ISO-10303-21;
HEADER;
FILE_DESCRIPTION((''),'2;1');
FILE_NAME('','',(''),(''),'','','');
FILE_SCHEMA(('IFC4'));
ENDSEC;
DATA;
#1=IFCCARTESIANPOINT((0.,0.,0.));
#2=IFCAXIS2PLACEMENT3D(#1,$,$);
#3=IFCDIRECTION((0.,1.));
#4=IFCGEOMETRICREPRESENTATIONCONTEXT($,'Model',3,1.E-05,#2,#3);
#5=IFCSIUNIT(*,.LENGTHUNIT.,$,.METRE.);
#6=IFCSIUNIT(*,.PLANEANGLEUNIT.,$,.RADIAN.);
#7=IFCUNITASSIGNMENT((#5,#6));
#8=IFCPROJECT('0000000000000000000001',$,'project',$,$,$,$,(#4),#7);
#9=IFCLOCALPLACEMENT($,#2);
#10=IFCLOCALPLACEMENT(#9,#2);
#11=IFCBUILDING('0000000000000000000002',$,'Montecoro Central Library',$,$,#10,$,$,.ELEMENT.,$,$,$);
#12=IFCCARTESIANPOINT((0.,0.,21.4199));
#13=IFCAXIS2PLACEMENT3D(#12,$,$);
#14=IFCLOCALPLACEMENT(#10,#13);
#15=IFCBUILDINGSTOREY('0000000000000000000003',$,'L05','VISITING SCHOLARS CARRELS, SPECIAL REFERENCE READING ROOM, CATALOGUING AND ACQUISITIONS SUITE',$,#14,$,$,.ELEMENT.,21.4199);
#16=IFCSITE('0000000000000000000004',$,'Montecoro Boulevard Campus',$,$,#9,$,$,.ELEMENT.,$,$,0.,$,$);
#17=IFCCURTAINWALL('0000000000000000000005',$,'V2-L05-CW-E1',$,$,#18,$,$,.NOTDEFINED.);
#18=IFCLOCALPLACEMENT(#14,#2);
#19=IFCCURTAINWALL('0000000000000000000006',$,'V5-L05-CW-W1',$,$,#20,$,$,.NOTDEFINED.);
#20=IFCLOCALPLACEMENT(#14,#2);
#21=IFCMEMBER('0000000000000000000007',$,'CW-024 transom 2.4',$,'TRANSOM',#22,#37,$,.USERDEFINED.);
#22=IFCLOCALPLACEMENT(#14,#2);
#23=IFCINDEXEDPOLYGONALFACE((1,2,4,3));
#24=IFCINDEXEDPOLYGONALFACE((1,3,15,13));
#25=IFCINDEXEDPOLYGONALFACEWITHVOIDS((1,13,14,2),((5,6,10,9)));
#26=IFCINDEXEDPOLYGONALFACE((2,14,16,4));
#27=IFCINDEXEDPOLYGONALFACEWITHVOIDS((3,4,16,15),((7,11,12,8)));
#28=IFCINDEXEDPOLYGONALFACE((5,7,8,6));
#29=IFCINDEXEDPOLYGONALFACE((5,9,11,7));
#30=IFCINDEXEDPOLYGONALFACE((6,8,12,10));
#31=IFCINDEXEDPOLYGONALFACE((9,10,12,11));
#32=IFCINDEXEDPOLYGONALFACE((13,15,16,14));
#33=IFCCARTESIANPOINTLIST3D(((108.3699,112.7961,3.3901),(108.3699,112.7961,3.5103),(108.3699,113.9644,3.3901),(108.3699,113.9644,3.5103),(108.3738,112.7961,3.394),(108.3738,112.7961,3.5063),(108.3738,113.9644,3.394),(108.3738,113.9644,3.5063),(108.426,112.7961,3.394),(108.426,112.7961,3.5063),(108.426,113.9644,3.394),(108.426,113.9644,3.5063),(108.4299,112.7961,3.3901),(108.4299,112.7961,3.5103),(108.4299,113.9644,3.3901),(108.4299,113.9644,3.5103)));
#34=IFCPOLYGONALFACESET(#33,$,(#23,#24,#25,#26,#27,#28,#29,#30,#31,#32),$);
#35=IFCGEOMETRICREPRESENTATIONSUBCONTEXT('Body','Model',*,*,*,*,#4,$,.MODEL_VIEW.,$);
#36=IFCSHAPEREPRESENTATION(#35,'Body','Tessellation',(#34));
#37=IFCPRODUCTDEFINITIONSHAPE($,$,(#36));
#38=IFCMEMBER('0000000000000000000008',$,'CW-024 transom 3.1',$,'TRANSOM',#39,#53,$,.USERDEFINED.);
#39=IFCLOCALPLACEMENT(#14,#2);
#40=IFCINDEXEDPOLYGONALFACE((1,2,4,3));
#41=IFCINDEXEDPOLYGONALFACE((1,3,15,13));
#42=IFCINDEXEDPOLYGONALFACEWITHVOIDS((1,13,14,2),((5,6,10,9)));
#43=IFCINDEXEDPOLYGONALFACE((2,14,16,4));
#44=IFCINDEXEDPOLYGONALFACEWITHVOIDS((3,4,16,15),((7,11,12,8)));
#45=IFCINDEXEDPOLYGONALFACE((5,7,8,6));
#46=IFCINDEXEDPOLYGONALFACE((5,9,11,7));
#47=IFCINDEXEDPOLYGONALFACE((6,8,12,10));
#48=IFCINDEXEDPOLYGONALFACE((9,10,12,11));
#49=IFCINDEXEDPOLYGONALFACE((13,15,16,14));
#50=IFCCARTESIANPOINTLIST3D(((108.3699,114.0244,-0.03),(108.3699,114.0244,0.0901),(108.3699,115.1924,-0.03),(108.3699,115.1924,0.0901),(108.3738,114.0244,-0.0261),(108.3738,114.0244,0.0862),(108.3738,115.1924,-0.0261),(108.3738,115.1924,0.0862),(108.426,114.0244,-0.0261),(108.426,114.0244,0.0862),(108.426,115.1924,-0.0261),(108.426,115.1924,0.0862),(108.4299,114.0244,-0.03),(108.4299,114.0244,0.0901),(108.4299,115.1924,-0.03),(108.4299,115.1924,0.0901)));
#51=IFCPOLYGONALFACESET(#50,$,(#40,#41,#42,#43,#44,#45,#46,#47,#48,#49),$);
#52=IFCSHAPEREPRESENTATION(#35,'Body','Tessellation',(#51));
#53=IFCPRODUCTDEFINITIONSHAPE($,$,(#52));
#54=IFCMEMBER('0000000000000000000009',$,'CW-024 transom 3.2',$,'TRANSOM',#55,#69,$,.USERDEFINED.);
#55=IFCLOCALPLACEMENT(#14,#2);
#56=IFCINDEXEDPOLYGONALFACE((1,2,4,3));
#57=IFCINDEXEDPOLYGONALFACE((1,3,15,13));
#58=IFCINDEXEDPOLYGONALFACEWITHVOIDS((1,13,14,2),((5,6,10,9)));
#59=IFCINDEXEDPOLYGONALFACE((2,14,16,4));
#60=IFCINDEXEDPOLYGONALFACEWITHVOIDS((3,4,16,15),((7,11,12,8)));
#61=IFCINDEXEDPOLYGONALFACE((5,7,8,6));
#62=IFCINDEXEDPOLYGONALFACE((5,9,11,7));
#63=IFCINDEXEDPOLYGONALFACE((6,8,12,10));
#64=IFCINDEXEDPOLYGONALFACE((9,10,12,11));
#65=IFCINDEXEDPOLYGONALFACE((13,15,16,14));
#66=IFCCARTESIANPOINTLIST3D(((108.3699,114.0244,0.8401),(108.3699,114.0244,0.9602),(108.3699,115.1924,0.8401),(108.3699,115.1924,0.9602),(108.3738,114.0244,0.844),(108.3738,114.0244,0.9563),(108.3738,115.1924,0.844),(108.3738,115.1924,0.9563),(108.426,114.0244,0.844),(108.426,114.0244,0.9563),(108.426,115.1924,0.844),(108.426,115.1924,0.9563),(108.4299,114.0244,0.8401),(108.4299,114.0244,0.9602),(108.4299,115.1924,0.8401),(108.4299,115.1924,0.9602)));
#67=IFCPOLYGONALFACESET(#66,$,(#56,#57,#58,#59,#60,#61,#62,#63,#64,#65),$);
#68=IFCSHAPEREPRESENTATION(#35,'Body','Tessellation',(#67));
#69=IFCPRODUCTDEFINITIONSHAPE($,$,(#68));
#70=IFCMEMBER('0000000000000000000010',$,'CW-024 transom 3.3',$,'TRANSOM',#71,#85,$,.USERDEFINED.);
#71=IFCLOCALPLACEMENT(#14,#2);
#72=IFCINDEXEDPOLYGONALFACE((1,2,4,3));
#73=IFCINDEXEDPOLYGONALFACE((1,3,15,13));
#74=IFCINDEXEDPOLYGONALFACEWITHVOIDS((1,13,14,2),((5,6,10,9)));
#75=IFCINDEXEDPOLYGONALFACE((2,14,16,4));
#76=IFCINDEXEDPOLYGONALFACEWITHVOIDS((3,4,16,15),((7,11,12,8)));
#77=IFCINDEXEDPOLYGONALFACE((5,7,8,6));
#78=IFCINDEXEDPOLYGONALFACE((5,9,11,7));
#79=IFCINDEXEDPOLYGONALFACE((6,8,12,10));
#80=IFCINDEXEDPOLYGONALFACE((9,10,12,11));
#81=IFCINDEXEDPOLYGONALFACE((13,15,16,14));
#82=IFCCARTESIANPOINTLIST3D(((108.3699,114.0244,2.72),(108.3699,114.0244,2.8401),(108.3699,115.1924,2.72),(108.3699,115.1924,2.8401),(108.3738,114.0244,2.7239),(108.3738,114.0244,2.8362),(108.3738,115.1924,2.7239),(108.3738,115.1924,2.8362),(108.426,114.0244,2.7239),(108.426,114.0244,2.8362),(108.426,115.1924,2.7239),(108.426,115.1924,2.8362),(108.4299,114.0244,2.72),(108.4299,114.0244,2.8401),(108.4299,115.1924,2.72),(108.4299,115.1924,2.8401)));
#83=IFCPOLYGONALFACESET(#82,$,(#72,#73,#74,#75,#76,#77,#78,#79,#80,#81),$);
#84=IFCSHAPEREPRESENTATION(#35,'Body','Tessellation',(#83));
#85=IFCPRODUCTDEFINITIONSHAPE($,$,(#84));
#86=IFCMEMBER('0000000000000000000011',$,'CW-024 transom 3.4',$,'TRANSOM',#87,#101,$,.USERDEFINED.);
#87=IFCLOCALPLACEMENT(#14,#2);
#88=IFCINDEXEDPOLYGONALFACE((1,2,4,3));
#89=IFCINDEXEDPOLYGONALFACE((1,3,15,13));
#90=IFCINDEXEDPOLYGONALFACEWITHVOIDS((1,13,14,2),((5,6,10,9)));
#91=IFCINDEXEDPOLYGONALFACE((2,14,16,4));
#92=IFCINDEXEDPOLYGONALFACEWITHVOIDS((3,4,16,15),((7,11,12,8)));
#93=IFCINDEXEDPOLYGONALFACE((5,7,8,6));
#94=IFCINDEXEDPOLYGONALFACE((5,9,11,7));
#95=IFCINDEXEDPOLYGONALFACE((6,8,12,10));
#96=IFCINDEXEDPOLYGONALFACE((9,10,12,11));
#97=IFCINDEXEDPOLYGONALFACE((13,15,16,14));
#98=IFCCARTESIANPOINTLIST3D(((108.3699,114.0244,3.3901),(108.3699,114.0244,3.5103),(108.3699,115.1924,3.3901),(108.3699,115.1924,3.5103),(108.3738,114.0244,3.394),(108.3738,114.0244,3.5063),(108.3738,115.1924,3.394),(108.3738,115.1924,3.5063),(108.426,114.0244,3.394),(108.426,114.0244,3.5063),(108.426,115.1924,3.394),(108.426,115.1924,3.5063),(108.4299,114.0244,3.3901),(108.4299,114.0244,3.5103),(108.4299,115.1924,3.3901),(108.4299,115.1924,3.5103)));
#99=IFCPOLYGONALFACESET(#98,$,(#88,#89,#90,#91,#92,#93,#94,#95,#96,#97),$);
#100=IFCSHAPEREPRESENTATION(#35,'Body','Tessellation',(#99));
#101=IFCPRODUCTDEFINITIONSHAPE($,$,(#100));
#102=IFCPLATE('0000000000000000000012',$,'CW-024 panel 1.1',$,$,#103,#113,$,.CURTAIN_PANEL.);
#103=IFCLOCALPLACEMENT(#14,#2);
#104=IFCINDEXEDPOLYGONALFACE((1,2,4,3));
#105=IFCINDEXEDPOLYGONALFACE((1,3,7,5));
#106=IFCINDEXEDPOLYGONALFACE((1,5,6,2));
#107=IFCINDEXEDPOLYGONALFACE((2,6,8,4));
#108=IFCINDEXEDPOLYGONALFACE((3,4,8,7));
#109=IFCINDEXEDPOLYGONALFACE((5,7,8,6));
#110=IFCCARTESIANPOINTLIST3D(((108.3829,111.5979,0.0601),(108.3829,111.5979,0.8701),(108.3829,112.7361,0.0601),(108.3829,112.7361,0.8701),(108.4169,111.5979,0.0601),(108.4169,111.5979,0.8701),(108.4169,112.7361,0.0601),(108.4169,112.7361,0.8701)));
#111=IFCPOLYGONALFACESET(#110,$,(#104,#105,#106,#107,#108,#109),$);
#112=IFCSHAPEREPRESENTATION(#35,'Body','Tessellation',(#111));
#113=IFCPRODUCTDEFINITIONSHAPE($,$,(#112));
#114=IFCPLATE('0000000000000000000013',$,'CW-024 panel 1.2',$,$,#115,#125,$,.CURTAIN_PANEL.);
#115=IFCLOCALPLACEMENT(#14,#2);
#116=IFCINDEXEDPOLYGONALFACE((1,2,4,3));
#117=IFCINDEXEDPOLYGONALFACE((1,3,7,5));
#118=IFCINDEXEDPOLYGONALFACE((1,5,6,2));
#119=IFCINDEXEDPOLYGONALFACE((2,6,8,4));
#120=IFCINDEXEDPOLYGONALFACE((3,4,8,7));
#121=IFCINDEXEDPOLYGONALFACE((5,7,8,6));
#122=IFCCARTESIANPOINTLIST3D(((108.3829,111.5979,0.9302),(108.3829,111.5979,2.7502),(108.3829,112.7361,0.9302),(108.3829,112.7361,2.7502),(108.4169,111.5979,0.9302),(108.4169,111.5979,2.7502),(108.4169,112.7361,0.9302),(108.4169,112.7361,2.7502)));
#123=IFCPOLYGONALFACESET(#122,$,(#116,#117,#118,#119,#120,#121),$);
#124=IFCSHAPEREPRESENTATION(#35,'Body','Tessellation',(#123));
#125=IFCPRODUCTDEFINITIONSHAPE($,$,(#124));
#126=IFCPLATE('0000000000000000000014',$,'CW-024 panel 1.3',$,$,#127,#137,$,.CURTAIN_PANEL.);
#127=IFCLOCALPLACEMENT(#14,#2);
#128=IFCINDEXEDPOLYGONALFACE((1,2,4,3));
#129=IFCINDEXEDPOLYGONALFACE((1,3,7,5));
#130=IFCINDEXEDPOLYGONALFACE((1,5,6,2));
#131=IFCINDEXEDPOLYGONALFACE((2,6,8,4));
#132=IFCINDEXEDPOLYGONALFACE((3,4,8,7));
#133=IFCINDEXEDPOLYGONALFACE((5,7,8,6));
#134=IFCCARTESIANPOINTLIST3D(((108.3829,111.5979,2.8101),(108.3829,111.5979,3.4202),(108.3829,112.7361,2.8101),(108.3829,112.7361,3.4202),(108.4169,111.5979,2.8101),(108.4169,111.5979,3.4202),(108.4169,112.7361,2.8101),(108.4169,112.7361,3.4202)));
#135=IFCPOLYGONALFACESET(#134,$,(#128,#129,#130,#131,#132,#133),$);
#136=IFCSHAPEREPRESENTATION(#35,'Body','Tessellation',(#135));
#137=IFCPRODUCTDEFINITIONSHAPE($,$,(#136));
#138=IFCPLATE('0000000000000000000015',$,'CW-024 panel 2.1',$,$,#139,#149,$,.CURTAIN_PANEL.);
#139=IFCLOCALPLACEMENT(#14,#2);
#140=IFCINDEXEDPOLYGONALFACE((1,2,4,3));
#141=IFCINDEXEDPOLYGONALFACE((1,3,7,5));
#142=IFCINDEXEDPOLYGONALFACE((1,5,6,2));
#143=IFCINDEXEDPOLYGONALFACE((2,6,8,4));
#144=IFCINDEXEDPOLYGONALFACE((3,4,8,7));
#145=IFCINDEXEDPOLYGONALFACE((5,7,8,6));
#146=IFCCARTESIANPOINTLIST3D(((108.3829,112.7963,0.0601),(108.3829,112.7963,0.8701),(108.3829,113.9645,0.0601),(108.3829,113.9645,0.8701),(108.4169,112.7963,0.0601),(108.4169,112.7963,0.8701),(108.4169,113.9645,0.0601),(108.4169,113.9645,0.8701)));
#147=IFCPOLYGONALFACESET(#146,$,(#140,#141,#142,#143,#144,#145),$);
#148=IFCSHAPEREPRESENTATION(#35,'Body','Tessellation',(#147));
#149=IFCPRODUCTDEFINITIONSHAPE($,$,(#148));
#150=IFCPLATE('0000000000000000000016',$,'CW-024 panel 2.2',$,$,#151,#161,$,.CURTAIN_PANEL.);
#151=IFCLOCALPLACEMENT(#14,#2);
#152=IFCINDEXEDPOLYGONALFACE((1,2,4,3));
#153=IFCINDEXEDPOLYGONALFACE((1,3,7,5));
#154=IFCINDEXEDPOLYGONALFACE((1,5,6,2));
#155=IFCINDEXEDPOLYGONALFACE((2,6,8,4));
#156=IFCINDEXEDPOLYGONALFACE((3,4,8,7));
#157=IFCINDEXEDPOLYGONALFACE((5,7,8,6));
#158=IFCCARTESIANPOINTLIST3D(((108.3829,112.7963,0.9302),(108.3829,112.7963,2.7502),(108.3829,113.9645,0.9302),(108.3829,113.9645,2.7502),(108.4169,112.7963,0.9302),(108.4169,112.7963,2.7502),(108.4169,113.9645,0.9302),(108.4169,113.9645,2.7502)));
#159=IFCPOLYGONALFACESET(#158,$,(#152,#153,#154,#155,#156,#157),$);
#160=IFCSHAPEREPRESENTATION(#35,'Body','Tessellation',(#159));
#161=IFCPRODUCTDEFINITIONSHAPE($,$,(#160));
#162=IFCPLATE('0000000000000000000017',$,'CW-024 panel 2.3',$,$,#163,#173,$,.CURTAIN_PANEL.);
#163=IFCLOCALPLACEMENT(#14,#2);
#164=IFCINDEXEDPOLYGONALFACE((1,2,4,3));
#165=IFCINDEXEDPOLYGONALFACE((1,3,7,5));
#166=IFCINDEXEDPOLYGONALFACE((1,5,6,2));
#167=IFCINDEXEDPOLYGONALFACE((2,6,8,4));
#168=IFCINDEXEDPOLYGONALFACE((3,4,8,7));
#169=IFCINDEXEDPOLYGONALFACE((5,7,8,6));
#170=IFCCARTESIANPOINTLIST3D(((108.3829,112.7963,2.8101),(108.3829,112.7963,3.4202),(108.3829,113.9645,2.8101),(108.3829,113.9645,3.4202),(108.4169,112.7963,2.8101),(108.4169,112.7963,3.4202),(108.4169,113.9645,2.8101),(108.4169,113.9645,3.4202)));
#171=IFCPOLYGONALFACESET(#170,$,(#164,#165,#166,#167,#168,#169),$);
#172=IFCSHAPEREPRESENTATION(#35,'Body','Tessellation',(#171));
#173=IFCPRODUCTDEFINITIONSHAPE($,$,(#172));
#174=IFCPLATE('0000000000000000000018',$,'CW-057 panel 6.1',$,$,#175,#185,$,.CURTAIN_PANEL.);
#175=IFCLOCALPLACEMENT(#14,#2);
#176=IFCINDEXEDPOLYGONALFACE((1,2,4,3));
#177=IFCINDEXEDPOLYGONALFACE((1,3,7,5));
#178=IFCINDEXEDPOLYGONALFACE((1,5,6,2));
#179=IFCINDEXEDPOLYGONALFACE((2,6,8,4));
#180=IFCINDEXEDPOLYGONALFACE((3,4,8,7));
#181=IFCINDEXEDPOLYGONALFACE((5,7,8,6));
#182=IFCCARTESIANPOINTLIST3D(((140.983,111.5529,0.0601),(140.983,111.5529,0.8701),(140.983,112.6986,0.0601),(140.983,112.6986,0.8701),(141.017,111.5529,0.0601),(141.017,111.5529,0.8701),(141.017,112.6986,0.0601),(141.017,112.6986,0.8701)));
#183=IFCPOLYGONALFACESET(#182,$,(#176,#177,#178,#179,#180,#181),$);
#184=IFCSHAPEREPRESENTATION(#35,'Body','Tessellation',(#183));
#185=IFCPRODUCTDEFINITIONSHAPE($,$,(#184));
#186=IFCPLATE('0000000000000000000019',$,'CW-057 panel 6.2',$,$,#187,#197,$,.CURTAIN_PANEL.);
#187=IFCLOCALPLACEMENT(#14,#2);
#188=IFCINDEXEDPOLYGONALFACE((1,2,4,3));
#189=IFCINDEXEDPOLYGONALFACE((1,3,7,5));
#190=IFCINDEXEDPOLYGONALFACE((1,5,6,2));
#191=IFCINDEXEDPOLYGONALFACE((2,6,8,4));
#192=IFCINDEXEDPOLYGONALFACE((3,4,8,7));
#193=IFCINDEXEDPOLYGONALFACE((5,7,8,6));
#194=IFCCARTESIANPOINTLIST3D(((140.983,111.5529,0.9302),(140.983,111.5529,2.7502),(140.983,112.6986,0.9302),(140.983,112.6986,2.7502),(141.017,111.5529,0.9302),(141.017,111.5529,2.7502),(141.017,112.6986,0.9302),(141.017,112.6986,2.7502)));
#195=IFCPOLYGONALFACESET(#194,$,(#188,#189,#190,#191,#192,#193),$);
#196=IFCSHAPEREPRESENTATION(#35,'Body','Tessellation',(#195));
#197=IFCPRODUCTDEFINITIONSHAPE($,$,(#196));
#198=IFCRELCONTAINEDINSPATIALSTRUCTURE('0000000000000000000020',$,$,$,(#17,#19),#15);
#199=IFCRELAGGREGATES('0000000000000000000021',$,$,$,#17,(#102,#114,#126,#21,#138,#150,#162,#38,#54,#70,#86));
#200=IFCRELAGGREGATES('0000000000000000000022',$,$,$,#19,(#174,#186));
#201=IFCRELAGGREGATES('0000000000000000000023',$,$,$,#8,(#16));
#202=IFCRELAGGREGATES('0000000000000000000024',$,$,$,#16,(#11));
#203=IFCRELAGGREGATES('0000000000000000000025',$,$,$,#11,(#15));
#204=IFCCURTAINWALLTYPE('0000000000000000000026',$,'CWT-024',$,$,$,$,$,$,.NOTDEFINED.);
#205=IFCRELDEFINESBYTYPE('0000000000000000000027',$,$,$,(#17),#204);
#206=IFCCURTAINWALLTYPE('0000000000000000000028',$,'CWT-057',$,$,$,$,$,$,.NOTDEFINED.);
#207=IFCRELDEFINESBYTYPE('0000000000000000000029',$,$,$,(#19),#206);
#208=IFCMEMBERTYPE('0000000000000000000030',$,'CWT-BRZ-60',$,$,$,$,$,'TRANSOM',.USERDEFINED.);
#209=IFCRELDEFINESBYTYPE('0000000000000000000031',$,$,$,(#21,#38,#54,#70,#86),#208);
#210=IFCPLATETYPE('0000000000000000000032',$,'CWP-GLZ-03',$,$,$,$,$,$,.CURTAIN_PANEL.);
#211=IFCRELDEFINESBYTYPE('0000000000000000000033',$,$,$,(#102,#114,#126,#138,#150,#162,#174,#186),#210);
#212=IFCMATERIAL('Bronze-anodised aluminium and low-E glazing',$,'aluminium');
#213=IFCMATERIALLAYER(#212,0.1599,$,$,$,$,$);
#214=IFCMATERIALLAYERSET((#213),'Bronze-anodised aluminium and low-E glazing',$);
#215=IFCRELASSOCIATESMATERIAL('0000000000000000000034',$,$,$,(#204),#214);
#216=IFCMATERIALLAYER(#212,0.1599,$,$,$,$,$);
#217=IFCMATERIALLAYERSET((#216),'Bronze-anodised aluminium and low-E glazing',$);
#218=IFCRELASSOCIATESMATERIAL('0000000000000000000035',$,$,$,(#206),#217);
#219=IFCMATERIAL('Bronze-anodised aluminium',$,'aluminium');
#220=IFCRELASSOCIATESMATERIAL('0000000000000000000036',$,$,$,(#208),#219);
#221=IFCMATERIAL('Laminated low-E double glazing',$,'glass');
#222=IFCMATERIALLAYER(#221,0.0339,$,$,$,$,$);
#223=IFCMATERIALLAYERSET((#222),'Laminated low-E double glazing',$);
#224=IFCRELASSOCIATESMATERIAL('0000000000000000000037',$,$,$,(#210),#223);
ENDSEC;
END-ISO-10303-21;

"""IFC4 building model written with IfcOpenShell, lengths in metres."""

from ifc_helpers import new_model, si_unit, direction, frame, origin, origin_2d, place, context, subcontext, project, spatial, rectangle, hollow_rectangle, extrude, material, layer, layer_set, material_profile, profile_set, type_object, element, aggregate, save


model = new_model("IFC4")

# Units and contexts
model_context = context("Model", 3, precision=1e-05, world=origin(), true_north=direction((0.0, 1.0)))
body_context = subcontext(model_context, "Body", "Model", "MODEL_VIEW")
ifc_project = project(units=[si_unit("LENGTHUNIT", "METRE"), si_unit("PLANEANGLEUNIT", "RADIAN")], contexts=[model_context])

# Site, building, storey
site_placement = place(None, origin())
site = spatial("IfcSite", under=ifc_project, at=site_placement, Name="Montecoro Boulevard Campus", CompositionType="ELEMENT", RefElevation=0.0)
building_placement = place(site_placement, origin())
building = spatial("IfcBuilding", under=site, at=building_placement, Name="Montecoro Central Library", CompositionType="ELEMENT")
storey_placement = place(building_placement, frame((0.0, 0.0, 21.4199)))
storey = spatial("IfcBuildingStorey", under=building, at=storey_placement, Name="L05", Description="VISITING SCHOLARS CARRELS, SPECIAL REFERENCE READING ROOM, CATALOGUING AND ACQUISITIONS SUITE", CompositionType="ELEMENT", Elevation=21.4199)

# Curtain wall
ifc_material_1 = material(Name="Bronze-anodised aluminium and low-E glazing", Category="aluminium")
ifc_layer_1 = layer(ifc_material_1, 0.1599)
ifc_layer_set_1 = layer_set([ifc_layer_1], Name="Bronze-anodised aluminium and low-E glazing")
curtain_wall_type_1 = type_object("IfcCurtainWallType", Name="CWT-024", PredefinedType="NOTDEFINED", material=ifc_layer_set_1)
curtain_wall_1_placement = place(storey_placement, origin())
curtain_wall_1 = element("IfcCurtainWall", 1, at=curtain_wall_1_placement, inside=storey, type_object=curtain_wall_type_1, Name="V2-L05-CW-E1", PredefinedType="NOTDEFINED")
ifc_material_2 = material(Name="Bronze-anodised aluminium", Category="aluminium")

# Curtain wall
ifc_layer_2 = layer(ifc_material_1, 0.1599)
ifc_layer_set_2 = layer_set([ifc_layer_2], Name="Bronze-anodised aluminium and low-E glazing")
curtain_wall_type_2 = type_object("IfcCurtainWallType", Name="CWT-057", PredefinedType="NOTDEFINED", material=ifc_layer_set_2)
curtain_wall_2_placement = place(storey_placement, origin())
curtain_wall_2 = element("IfcCurtainWall", 2, at=curtain_wall_2_placement, inside=storey, type_object=curtain_wall_type_2, Name="V5-L05-CW-W1", PredefinedType="NOTDEFINED")

# Members
ifc_material_profile_1 = material_profile(ifc_material_2, hollow_rectangle(XDim=0.0601, YDim=0.1201, WallThickness=0.0039, at=origin_2d()), Name="CWT 120x60x4.0")
ifc_profile_set_1 = profile_set([ifc_material_profile_1], Name="Bronze-anodised aluminium")
member_type_1 = type_object("IfcMemberType", Name="CWT-BRZ-60", ElementType="TRANSOM", PredefinedType="USERDEFINED", material=ifc_profile_set_1)
member_1_placement = place(storey_placement, frame((108.3999, 112.7961, 3.4502), z_axis=(0.0, 1.0, 0.0), x_axis=(-1.0, 0.0, 0.0)))
member_1 = element("IfcMember", 3, at=member_1_placement, type_object=member_type_1, Name="CW-024 transom 2.4", ObjectType="TRANSOM", PredefinedType="USERDEFINED", context=body_context, shape_type="SweptSolid", body=[
    extrude(hollow_rectangle(XDim=0.0601, YDim=0.1201, WallThickness=0.0039, at=origin_2d()), origin(), (0.0, 0.0, 1.0), 1.1682),
])
member_2_placement = place(storey_placement, frame((108.3999, 114.0244, 0.03), z_axis=(0.0, 1.0, 0.0), x_axis=(-1.0, 0.0, 0.0)))
member_2 = element("IfcMember", 4, at=member_2_placement, type_object=member_type_1, Name="CW-024 transom 3.1", ObjectType="TRANSOM", PredefinedType="USERDEFINED", context=body_context, shape_type="SweptSolid", body=[
    extrude(hollow_rectangle(XDim=0.0601, YDim=0.1201, WallThickness=0.0039, at=origin_2d()), origin(), (0.0, 0.0, 1.0), 1.168),
])
member_3_placement = place(storey_placement, frame((108.3999, 114.0244, 0.9001), z_axis=(0.0, 1.0, 0.0), x_axis=(-1.0, 0.0, 0.0)))
member_3 = element("IfcMember", 5, at=member_3_placement, type_object=member_type_1, Name="CW-024 transom 3.2", ObjectType="TRANSOM", PredefinedType="USERDEFINED", context=body_context, shape_type="SweptSolid", body=[
    extrude(hollow_rectangle(XDim=0.0601, YDim=0.1201, WallThickness=0.0039, at=origin_2d()), origin(), (0.0, 0.0, 1.0), 1.168),
])
member_4_placement = place(storey_placement, frame((108.3999, 114.0244, 2.78), z_axis=(0.0, 1.0, 0.0), x_axis=(-1.0, 0.0, 0.0)))
member_4 = element("IfcMember", 6, at=member_4_placement, type_object=member_type_1, Name="CW-024 transom 3.3", ObjectType="TRANSOM", PredefinedType="USERDEFINED", context=body_context, shape_type="SweptSolid", body=[
    extrude(hollow_rectangle(XDim=0.0601, YDim=0.1201, WallThickness=0.0039, at=origin_2d()), origin(), (0.0, 0.0, 1.0), 1.168),
])
member_5_placement = place(storey_placement, frame((108.3999, 114.0244, 3.4502), z_axis=(0.0, 1.0, 0.0), x_axis=(-1.0, 0.0, 0.0)))
member_5 = element("IfcMember", 7, at=member_5_placement, type_object=member_type_1, Name="CW-024 transom 3.4", ObjectType="TRANSOM", PredefinedType="USERDEFINED", context=body_context, shape_type="SweptSolid", body=[
    extrude(hollow_rectangle(XDim=0.0601, YDim=0.1201, WallThickness=0.0039, at=origin_2d()), origin(), (0.0, 0.0, 1.0), 1.168),
])

# Plates
ifc_material_3 = material(Name="Laminated low-E double glazing", Category="glass")
ifc_layer_3 = layer(ifc_material_3, 0.0339)
ifc_layer_set_3 = layer_set([ifc_layer_3], Name="Laminated low-E double glazing")
plate_type = type_object("IfcPlateType", Name="CWP-GLZ-03", PredefinedType="CURTAIN_PANEL", material=ifc_layer_set_3)
plate_1_placement = place(storey_placement, frame((108.3999, 112.167, 0.0601), z_axis=(0.0, 0.0, 1.0), x_axis=(0.0, 1.0, 0.0)))
plate_1 = element("IfcPlate", 8, at=plate_1_placement, type_object=plate_type, Name="CW-024 panel 1.1", PredefinedType="CURTAIN_PANEL", context=body_context, shape_type="SweptSolid", body=[
    extrude(rectangle(XDim=1.1382, YDim=0.0339, at=origin_2d()), origin(), (0.0, 0.0, 1.0), 0.8101),
])
plate_2_placement = place(storey_placement, frame((108.3999, 112.167, 0.9302), z_axis=(0.0, 0.0, 1.0), x_axis=(0.0, 1.0, 0.0)))
plate_2 = element("IfcPlate", 9, at=plate_2_placement, type_object=plate_type, Name="CW-024 panel 1.2", PredefinedType="CURTAIN_PANEL", context=body_context, shape_type="SweptSolid", body=[
    extrude(rectangle(XDim=1.1382, YDim=0.0339, at=origin_2d()), origin(), (0.0, 0.0, 1.0), 1.8201),
])
plate_3_placement = place(storey_placement, frame((108.3999, 112.167, 2.8101), z_axis=(0.0, 0.0, 1.0), x_axis=(0.0, 1.0, 0.0)))
plate_3 = element("IfcPlate", 10, at=plate_3_placement, type_object=plate_type, Name="CW-024 panel 1.3", PredefinedType="CURTAIN_PANEL", context=body_context, shape_type="SweptSolid", body=[
    extrude(rectangle(XDim=1.1382, YDim=0.0339, at=origin_2d()), origin(), (0.0, 0.0, 1.0), 0.6101),
])
plate_4_placement = place(storey_placement, frame((108.3999, 113.3804, 0.0601), z_axis=(0.0, 0.0, 1.0), x_axis=(0.0, 1.0, 0.0)))
plate_4 = element("IfcPlate", 11, at=plate_4_placement, type_object=plate_type, Name="CW-024 panel 2.1", PredefinedType="CURTAIN_PANEL", context=body_context, shape_type="SweptSolid", body=[
    extrude(rectangle(XDim=1.1682, YDim=0.0339, at=origin_2d()), origin(), (0.0, 0.0, 1.0), 0.8101),
])
plate_5_placement = place(storey_placement, frame((108.3999, 113.3804, 0.9302), z_axis=(0.0, 0.0, 1.0), x_axis=(0.0, 1.0, 0.0)))
plate_5 = element("IfcPlate", 12, at=plate_5_placement, type_object=plate_type, Name="CW-024 panel 2.2", PredefinedType="CURTAIN_PANEL", context=body_context, shape_type="SweptSolid", body=[
    extrude(rectangle(XDim=1.1682, YDim=0.0339, at=origin_2d()), origin(), (0.0, 0.0, 1.0), 1.8201),
])
plate_6_placement = place(storey_placement, frame((108.3999, 113.3804, 2.8101), z_axis=(0.0, 0.0, 1.0), x_axis=(0.0, 1.0, 0.0)))
plate_6 = element("IfcPlate", 13, at=plate_6_placement, type_object=plate_type, Name="CW-024 panel 2.3", PredefinedType="CURTAIN_PANEL", context=body_context, shape_type="SweptSolid", body=[
    extrude(rectangle(XDim=1.1682, YDim=0.0339, at=origin_2d()), origin(), (0.0, 0.0, 1.0), 0.6101),
])
aggregate(curtain_wall_1, [plate_1, plate_2, plate_3, member_1, plate_4, plate_5, plate_6, member_2, member_3, member_4, member_5])
plate_7_placement = place(storey_placement, frame((141.0, 112.1257, 0.0601), z_axis=(0.0, 0.0, 1.0), x_axis=(0.0, -1.0, 0.0)))
plate_7 = element("IfcPlate", 14, at=plate_7_placement, type_object=plate_type, Name="CW-057 panel 6.1", PredefinedType="CURTAIN_PANEL", context=body_context, shape_type="SweptSolid", body=[
    extrude(rectangle(XDim=1.1458, YDim=0.0339, at=origin_2d()), origin(), (0.0, 0.0, 1.0), 0.8101),
])
plate_8_placement = place(storey_placement, frame((141.0, 112.1257, 0.9302), z_axis=(0.0, 0.0, 1.0), x_axis=(0.0, -1.0, 0.0)))
plate_8 = element("IfcPlate", 15, at=plate_8_placement, type_object=plate_type, Name="CW-057 panel 6.2", PredefinedType="CURTAIN_PANEL", context=body_context, shape_type="SweptSolid", body=[
    extrude(rectangle(XDim=1.1458, YDim=0.0339, at=origin_2d()), origin(), (0.0, 0.0, 1.0), 1.8201),
])
aggregate(curtain_wall_2, [plate_7, plate_8])

save(model, "model.ifc")
